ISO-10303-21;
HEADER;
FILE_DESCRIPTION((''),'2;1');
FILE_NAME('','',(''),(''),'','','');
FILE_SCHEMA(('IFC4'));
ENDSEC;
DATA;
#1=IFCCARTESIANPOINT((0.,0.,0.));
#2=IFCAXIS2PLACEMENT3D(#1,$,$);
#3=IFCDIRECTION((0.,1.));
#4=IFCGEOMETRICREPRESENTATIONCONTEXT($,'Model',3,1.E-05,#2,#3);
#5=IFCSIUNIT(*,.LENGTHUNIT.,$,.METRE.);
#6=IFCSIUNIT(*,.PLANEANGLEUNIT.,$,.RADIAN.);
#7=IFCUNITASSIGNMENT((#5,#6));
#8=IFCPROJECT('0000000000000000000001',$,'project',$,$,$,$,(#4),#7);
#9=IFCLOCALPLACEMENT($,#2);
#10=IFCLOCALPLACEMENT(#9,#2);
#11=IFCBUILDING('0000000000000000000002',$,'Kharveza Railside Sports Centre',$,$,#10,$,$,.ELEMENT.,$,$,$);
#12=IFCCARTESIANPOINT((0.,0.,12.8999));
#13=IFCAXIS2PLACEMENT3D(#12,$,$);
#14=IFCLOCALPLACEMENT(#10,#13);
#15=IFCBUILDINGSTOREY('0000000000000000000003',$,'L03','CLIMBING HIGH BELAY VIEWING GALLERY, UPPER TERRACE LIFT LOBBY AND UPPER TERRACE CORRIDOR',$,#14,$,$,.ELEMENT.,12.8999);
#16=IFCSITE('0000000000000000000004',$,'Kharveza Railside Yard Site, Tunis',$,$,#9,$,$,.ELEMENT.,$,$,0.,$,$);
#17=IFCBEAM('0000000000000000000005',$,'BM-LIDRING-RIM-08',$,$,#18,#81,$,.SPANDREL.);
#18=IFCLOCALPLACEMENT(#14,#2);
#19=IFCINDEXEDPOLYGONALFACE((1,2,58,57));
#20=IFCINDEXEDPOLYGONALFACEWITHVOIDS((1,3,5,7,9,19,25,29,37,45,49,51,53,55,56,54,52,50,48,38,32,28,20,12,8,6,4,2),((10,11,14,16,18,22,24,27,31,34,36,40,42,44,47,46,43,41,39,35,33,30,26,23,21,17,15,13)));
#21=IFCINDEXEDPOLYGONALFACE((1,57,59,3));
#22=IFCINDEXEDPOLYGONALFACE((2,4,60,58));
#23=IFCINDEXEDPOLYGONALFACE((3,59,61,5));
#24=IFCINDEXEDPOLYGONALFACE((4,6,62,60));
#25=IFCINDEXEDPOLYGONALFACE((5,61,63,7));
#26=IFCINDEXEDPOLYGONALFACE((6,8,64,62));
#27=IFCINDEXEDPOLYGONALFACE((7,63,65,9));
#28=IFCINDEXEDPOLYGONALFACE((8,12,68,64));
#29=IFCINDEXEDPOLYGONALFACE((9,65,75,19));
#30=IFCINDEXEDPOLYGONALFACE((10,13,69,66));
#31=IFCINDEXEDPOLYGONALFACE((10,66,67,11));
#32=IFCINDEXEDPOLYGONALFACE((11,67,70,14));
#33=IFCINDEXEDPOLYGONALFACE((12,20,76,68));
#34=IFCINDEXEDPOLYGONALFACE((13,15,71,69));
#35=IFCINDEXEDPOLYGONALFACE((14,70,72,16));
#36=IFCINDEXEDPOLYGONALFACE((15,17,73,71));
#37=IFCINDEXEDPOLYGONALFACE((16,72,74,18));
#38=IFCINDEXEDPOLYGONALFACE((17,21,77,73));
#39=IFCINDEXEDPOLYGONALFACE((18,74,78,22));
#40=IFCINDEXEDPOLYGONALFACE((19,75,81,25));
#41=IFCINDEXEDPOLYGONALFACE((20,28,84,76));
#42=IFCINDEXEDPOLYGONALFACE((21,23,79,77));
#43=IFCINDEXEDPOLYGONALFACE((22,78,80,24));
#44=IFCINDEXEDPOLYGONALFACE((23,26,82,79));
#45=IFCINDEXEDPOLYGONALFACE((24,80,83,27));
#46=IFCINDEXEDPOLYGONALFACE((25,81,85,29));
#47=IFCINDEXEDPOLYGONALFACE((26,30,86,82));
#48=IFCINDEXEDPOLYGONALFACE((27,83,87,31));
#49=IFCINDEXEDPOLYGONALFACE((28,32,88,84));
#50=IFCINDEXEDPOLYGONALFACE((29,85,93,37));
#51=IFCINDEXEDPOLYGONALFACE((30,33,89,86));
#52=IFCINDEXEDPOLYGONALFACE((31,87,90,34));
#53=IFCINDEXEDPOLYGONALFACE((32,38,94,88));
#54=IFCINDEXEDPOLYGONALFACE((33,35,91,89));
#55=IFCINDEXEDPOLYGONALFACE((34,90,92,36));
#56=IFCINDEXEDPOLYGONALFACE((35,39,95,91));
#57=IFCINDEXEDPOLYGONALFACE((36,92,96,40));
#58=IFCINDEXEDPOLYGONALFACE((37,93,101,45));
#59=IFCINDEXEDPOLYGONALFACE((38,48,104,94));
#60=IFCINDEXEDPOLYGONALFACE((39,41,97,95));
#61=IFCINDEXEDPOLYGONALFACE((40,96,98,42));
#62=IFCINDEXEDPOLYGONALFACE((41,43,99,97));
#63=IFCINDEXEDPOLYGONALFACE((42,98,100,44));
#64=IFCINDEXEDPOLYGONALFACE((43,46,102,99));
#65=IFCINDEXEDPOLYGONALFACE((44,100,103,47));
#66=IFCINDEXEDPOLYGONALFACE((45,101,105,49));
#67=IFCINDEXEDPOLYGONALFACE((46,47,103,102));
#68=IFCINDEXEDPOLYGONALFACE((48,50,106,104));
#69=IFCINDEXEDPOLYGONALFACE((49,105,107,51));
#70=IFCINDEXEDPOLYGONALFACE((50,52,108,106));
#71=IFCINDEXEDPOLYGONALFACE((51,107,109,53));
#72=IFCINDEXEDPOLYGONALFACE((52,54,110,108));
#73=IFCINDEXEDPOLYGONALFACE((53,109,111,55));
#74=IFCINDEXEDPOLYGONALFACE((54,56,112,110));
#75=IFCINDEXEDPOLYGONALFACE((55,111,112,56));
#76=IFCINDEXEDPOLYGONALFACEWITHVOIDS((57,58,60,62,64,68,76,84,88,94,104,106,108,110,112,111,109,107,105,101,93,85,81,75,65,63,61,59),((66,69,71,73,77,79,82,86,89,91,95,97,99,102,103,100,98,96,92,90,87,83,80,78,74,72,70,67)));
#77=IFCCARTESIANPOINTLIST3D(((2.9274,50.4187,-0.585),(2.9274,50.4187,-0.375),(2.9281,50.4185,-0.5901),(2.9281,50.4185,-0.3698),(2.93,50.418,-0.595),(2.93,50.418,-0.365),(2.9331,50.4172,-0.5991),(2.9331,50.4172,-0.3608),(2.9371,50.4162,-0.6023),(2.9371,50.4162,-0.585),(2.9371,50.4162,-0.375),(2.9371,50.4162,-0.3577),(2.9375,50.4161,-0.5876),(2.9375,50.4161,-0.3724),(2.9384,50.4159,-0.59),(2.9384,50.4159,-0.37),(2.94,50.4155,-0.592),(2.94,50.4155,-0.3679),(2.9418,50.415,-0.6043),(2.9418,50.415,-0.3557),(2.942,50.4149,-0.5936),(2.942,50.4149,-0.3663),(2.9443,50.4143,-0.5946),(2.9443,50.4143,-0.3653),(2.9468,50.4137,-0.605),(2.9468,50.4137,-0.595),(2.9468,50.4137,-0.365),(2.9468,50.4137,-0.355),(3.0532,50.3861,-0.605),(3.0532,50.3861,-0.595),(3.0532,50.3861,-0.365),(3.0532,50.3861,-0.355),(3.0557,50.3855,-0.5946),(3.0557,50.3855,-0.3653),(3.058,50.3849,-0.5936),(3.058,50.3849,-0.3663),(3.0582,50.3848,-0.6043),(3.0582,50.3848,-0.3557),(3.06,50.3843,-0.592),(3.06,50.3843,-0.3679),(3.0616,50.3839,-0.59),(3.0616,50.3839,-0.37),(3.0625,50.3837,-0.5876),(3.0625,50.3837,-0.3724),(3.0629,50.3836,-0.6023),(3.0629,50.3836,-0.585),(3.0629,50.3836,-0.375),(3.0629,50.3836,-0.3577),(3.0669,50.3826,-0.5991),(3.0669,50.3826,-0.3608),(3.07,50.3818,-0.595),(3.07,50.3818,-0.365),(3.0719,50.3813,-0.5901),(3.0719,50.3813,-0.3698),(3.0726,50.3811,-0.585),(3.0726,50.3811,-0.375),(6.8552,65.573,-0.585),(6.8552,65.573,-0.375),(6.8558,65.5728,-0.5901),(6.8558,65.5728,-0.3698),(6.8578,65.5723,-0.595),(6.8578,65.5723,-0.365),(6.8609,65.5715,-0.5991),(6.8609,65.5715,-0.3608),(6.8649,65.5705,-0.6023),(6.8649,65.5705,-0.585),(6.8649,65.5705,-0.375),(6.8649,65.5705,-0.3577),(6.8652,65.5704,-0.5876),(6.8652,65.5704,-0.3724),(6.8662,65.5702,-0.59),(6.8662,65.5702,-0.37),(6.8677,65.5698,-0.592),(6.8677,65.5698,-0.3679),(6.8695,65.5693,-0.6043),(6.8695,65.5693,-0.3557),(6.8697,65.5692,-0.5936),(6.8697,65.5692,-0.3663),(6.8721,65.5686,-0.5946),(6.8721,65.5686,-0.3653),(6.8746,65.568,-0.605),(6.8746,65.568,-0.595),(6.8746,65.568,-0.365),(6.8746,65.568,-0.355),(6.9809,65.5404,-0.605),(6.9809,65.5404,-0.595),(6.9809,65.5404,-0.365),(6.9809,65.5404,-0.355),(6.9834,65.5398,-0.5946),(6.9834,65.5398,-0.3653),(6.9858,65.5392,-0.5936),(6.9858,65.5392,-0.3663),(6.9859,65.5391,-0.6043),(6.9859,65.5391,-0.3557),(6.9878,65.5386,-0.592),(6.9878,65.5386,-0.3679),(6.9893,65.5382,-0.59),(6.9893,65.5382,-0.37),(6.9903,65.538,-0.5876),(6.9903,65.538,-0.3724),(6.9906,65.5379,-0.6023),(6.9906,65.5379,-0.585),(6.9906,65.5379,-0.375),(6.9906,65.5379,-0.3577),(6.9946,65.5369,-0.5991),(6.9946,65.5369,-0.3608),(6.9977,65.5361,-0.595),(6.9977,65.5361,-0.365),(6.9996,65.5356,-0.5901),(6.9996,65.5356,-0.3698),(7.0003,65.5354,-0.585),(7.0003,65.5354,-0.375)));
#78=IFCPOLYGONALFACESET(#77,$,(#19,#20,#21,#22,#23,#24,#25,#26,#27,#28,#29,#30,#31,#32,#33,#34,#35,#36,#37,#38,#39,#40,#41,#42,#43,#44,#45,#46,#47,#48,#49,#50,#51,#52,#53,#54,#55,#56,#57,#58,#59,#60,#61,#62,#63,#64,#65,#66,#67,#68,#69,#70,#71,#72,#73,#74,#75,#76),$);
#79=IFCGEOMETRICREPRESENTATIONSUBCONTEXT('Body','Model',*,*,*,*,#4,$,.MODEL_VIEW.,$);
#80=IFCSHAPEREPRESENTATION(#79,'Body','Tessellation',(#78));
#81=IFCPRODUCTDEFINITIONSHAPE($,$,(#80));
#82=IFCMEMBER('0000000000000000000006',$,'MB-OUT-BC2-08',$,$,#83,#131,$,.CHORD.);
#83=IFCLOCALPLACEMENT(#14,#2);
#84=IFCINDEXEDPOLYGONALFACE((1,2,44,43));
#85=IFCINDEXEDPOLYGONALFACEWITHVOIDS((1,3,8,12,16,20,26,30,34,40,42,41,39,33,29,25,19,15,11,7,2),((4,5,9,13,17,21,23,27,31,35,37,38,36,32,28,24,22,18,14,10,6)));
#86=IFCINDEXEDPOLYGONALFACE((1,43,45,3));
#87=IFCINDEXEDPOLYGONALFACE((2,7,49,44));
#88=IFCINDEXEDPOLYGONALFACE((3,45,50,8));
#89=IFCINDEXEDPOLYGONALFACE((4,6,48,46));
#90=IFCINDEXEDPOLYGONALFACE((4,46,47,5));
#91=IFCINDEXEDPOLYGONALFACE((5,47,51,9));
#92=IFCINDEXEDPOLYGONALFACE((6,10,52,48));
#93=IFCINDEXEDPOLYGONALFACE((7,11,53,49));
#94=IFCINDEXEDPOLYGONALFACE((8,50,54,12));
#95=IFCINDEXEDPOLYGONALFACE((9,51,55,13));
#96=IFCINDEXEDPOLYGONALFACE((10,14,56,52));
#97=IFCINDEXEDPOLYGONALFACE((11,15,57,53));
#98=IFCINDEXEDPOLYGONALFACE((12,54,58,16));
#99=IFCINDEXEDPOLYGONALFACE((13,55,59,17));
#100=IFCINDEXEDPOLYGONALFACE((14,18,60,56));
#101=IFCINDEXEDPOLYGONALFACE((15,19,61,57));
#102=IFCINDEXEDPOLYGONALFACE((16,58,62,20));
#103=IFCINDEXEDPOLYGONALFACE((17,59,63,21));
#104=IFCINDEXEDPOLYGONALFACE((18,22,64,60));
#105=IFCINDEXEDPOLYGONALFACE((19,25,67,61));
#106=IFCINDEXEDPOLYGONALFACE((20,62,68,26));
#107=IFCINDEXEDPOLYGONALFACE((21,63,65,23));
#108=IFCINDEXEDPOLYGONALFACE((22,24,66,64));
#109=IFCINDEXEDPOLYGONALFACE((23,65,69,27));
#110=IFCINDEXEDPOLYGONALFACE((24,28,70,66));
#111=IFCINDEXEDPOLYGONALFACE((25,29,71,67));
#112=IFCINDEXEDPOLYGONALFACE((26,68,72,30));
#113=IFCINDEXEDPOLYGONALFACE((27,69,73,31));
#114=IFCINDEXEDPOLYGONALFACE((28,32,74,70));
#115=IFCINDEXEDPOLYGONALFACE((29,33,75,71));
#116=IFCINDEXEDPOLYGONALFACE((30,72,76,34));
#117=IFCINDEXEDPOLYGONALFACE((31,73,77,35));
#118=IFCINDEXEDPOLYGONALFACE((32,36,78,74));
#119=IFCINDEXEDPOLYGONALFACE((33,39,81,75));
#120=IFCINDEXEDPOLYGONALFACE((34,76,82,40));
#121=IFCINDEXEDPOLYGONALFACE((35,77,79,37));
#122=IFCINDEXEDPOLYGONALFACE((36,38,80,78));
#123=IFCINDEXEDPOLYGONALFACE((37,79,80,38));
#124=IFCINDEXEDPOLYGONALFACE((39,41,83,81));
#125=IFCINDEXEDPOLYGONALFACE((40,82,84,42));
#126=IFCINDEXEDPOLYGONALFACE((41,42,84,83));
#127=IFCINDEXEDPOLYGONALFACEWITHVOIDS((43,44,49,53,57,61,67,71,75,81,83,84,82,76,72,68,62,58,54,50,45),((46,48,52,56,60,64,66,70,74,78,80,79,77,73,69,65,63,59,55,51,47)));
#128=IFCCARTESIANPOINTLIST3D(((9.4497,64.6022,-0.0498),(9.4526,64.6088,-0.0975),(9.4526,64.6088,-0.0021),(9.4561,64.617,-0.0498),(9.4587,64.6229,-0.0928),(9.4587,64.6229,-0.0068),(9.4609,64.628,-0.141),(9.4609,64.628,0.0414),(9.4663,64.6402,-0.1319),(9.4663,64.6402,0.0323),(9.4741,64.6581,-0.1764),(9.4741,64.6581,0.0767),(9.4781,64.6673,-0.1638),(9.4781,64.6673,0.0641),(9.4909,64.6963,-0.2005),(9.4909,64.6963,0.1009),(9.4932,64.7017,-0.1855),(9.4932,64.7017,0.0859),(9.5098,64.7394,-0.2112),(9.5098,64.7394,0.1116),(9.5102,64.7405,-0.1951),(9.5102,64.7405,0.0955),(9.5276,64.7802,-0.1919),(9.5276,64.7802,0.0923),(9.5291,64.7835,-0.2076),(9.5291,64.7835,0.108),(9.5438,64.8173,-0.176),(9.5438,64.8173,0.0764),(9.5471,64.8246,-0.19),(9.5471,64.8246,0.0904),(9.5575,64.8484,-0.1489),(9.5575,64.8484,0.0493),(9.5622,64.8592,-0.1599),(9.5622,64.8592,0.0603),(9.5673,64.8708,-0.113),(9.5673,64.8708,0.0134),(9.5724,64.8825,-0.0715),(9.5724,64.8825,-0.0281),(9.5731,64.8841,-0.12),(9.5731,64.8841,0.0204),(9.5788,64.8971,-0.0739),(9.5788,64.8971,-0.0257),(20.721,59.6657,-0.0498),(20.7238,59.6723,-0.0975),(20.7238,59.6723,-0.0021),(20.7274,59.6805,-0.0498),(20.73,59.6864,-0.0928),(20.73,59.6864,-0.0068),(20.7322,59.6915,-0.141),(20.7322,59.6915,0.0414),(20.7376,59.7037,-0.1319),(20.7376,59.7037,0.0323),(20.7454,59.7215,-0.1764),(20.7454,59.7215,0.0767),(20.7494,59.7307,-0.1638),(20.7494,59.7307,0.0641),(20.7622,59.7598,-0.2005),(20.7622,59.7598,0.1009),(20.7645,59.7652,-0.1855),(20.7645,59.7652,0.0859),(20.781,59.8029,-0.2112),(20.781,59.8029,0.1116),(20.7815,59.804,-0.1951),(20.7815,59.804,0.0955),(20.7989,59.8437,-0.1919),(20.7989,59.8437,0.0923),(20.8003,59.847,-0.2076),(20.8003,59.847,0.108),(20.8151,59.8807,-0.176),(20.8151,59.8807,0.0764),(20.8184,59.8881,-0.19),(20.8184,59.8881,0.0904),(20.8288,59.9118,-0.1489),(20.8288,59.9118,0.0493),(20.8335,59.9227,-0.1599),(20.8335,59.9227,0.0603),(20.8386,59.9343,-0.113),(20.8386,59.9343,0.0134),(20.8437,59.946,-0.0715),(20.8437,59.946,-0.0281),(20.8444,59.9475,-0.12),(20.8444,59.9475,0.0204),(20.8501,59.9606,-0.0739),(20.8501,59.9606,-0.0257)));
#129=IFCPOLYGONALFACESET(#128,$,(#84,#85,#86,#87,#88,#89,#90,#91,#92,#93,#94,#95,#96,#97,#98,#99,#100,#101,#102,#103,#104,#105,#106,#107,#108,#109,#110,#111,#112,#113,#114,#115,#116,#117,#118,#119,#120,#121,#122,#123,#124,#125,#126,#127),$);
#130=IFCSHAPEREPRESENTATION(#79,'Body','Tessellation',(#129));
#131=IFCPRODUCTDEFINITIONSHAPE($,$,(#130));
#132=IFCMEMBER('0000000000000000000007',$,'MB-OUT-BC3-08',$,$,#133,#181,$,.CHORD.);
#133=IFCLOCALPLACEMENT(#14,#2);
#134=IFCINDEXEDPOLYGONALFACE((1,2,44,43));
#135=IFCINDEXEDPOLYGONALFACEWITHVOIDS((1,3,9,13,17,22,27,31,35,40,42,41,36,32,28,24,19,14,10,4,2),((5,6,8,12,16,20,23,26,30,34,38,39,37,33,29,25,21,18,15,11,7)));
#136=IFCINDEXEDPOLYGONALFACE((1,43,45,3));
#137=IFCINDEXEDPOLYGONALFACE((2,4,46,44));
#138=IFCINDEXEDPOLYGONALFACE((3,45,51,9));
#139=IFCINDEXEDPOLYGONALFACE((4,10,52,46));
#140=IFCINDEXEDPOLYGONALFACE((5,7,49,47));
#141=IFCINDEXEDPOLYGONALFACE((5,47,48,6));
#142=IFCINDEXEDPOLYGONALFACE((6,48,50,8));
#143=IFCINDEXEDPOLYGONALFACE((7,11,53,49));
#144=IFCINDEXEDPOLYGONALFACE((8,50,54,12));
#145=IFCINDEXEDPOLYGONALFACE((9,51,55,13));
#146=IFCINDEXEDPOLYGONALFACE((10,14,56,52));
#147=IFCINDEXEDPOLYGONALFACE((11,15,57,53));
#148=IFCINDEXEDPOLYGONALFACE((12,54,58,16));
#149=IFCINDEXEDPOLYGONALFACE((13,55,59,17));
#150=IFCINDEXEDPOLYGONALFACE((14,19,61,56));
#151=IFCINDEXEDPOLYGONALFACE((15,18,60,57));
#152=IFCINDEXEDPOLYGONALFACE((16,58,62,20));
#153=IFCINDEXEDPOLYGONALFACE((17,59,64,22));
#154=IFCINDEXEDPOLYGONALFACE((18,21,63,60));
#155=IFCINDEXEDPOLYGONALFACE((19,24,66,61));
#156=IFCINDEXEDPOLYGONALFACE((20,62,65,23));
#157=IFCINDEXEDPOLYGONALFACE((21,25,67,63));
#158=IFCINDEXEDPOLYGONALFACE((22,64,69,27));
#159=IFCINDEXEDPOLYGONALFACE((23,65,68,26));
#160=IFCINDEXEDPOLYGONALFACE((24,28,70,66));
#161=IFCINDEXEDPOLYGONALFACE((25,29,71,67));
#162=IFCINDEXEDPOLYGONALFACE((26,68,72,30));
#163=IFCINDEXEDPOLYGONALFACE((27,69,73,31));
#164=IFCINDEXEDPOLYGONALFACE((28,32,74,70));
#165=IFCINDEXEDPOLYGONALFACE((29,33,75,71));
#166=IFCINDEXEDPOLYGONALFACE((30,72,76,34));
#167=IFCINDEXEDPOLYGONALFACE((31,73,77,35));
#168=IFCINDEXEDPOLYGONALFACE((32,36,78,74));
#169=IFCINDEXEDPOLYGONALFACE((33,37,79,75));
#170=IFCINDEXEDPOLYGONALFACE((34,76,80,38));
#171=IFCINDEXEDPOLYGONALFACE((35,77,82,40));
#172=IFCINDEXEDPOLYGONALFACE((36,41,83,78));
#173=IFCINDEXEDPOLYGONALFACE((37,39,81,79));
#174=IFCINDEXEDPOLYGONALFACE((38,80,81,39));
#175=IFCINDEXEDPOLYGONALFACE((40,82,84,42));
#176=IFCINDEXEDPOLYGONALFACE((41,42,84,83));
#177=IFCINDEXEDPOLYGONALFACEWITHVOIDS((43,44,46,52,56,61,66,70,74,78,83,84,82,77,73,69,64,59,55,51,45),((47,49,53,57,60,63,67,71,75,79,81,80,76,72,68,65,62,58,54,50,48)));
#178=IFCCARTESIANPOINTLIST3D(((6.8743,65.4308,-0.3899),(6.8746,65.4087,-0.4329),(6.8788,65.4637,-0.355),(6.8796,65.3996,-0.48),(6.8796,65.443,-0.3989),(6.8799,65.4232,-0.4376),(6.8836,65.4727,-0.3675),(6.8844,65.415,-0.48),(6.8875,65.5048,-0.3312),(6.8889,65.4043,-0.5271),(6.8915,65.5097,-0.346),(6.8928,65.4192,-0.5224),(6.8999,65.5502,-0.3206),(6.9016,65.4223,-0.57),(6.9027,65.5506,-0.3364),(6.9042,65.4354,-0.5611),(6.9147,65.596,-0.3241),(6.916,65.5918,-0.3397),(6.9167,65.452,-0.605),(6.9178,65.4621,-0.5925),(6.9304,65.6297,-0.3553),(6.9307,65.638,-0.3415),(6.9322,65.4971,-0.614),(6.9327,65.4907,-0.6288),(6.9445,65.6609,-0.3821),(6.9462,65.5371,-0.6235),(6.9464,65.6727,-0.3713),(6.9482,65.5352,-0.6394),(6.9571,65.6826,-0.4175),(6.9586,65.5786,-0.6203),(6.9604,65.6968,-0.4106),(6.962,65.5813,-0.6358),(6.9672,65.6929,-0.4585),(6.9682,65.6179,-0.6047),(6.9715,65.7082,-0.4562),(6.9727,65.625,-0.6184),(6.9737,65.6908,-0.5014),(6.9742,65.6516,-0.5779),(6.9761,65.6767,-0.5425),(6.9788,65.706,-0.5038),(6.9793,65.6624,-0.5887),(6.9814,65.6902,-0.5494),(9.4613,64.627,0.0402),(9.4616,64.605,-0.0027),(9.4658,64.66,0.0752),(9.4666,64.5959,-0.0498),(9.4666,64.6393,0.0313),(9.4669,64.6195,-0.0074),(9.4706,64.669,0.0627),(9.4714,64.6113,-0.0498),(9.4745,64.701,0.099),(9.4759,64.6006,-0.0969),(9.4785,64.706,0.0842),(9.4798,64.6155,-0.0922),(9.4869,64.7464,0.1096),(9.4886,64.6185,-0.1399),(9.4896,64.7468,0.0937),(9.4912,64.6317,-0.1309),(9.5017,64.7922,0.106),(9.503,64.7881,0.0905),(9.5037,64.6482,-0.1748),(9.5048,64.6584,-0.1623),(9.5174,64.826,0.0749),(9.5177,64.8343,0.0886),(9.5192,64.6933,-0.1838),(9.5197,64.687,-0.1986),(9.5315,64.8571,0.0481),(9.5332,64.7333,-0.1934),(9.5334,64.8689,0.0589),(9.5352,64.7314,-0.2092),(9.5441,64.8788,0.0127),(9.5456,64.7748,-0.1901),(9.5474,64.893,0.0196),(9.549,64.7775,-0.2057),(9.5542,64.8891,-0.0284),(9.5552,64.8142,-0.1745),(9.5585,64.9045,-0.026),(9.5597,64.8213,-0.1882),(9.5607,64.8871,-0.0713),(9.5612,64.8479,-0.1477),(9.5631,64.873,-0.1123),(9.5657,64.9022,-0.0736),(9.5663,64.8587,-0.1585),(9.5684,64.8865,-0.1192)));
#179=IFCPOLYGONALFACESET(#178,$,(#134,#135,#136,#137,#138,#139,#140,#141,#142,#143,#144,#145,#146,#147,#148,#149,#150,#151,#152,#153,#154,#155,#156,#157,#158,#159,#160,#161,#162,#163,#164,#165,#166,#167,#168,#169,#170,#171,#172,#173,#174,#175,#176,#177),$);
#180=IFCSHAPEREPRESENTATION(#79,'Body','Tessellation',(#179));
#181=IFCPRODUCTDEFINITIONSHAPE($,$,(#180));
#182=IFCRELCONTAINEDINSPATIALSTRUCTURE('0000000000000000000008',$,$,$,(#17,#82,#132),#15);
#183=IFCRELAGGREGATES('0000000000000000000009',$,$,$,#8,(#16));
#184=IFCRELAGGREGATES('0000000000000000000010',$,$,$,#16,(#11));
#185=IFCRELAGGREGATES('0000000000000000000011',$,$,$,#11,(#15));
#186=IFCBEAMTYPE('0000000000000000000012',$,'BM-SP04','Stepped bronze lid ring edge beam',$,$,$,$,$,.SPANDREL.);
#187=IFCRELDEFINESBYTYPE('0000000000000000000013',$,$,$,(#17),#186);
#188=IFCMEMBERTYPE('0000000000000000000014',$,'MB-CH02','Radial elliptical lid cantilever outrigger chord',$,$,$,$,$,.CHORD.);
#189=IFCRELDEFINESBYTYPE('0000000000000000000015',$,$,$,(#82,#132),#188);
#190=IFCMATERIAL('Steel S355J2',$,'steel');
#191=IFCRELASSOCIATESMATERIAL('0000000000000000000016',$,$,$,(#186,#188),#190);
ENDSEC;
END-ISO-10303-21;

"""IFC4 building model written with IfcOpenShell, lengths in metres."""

from ifc_helpers import new_model, si_unit, direction, frame, origin, origin_2d, place, context, subcontext, project, spatial, hollow_rectangle, hollow_circle, extrude, material, material_profile, profile_set, type_object, element, save


model = new_model("IFC4")

# Units and contexts
model_context = context("Model", 3, precision=1e-05, world=origin(), true_north=direction((0.0, 1.0)))
body_context = subcontext(model_context, "Body", "Model", "MODEL_VIEW")
ifc_project = project(units=[si_unit("LENGTHUNIT", "METRE"), si_unit("PLANEANGLEUNIT", "RADIAN")], contexts=[model_context])

# Site, building, storey
site_placement = place(None, origin())
site = spatial("IfcSite", under=ifc_project, at=site_placement, Name="Kharveza Railside Yard Site, Tunis", CompositionType="ELEMENT", RefElevation=0.0)
building_placement = place(site_placement, origin())
building = spatial("IfcBuilding", under=site, at=building_placement, Name="Kharveza Railside Sports Centre", CompositionType="ELEMENT")
storey_placement = place(building_placement, frame((0.0, 0.0, 12.8999)))
storey = spatial("IfcBuildingStorey", under=building, at=storey_placement, Name="L03", Description="CLIMBING HIGH BELAY VIEWING GALLERY, UPPER TERRACE LIFT LOBBY AND UPPER TERRACE CORRIDOR", CompositionType="ELEMENT", Elevation=12.8999)

# Beam
ifc_material_1 = material(Name="Steel S355J2", Category="steel")
ifc_material_profile_1 = material_profile(ifc_material_1, hollow_rectangle(XDim=0.1499, YDim=0.25, WallThickness=0.01, InnerFilletRadius=0.01, OuterFilletRadius=0.02, at=origin_2d()), Name="RHS 150x250x10.0")
ifc_profile_set_1 = profile_set([ifc_material_profile_1], Name="Steel S355J2")
beam_type = type_object("IfcBeamType", Name="BM-SP04", Description="Stepped bronze lid ring edge beam", PredefinedType="SPANDREL", material=ifc_profile_set_1)
beam_1_placement = place(storey_placement, frame((6.9277, 65.5542, -0.48), z_axis=(-0.250893, -0.968015, 0.0), x_axis=(0.968015, -0.250893, 0.0)))
element("IfcBeam", 1, at=beam_1_placement, inside=storey, type_object=beam_type, Name="BM-LIDRING-RIM-08", PredefinedType="SPANDREL", context=body_context, shape_type="SweptSolid", body=[
    extrude(hollow_rectangle(XDim=0.1499, YDim=0.25, WallThickness=0.01, InnerFilletRadius=0.01, OuterFilletRadius=0.02, at=origin_2d()), origin(), (0.0, 0.0, 1.0), 15.655),
])

# Members
ifc_material_profile_2 = material_profile(ifc_material_1, hollow_circle(Radius=0.1619, WallThickness=0.0161, at=origin_2d()), Name="CHS 323.9x16.0")
ifc_profile_set_2 = profile_set([ifc_material_profile_2], Name="Steel S355J2")
member_type_1 = type_object("IfcMemberType", Name="MB-CH02", Description="Radial elliptical lid cantilever outrigger chord", PredefinedType="CHORD", material=ifc_profile_set_2)
member_1_placement = place(storey_placement, frame((20.7859, 59.814, -0.0498), z_axis=(-0.915997, 0.401184, 0.0), x_axis=(-0.401184, -0.915997, 0.0)))
element("IfcMember", 2, at=member_1_placement, inside=storey, type_object=member_type_1, Name="MB-OUT-BC2-08", PredefinedType="CHORD", context=body_context, shape_type="SweptSolid", body=[
    extrude(hollow_circle(Radius=0.1619, WallThickness=0.0161, at=origin_2d()), origin(), (0.0, 0.0, 1.0), 12.3049),
])
member_2_placement = place(storey_placement, frame((9.5146, 64.7505, -0.0498), z_axis=(-0.943154, 0.293022, -0.156836), x_axis=(-0.296694, -0.954973, 0.0)))
element("IfcMember", 3, at=member_2_placement, inside=storey, type_object=member_type_1, Name="MB-OUT-BC3-08", PredefinedType="CHORD", context=body_context, shape_type="SweptSolid", body=[
    extrude(hollow_circle(Radius=0.1619, WallThickness=0.0161, at=origin_2d()), origin(), (0.0, 0.0, 1.0), 2.7429),
])

save(model, "model.ifc")
